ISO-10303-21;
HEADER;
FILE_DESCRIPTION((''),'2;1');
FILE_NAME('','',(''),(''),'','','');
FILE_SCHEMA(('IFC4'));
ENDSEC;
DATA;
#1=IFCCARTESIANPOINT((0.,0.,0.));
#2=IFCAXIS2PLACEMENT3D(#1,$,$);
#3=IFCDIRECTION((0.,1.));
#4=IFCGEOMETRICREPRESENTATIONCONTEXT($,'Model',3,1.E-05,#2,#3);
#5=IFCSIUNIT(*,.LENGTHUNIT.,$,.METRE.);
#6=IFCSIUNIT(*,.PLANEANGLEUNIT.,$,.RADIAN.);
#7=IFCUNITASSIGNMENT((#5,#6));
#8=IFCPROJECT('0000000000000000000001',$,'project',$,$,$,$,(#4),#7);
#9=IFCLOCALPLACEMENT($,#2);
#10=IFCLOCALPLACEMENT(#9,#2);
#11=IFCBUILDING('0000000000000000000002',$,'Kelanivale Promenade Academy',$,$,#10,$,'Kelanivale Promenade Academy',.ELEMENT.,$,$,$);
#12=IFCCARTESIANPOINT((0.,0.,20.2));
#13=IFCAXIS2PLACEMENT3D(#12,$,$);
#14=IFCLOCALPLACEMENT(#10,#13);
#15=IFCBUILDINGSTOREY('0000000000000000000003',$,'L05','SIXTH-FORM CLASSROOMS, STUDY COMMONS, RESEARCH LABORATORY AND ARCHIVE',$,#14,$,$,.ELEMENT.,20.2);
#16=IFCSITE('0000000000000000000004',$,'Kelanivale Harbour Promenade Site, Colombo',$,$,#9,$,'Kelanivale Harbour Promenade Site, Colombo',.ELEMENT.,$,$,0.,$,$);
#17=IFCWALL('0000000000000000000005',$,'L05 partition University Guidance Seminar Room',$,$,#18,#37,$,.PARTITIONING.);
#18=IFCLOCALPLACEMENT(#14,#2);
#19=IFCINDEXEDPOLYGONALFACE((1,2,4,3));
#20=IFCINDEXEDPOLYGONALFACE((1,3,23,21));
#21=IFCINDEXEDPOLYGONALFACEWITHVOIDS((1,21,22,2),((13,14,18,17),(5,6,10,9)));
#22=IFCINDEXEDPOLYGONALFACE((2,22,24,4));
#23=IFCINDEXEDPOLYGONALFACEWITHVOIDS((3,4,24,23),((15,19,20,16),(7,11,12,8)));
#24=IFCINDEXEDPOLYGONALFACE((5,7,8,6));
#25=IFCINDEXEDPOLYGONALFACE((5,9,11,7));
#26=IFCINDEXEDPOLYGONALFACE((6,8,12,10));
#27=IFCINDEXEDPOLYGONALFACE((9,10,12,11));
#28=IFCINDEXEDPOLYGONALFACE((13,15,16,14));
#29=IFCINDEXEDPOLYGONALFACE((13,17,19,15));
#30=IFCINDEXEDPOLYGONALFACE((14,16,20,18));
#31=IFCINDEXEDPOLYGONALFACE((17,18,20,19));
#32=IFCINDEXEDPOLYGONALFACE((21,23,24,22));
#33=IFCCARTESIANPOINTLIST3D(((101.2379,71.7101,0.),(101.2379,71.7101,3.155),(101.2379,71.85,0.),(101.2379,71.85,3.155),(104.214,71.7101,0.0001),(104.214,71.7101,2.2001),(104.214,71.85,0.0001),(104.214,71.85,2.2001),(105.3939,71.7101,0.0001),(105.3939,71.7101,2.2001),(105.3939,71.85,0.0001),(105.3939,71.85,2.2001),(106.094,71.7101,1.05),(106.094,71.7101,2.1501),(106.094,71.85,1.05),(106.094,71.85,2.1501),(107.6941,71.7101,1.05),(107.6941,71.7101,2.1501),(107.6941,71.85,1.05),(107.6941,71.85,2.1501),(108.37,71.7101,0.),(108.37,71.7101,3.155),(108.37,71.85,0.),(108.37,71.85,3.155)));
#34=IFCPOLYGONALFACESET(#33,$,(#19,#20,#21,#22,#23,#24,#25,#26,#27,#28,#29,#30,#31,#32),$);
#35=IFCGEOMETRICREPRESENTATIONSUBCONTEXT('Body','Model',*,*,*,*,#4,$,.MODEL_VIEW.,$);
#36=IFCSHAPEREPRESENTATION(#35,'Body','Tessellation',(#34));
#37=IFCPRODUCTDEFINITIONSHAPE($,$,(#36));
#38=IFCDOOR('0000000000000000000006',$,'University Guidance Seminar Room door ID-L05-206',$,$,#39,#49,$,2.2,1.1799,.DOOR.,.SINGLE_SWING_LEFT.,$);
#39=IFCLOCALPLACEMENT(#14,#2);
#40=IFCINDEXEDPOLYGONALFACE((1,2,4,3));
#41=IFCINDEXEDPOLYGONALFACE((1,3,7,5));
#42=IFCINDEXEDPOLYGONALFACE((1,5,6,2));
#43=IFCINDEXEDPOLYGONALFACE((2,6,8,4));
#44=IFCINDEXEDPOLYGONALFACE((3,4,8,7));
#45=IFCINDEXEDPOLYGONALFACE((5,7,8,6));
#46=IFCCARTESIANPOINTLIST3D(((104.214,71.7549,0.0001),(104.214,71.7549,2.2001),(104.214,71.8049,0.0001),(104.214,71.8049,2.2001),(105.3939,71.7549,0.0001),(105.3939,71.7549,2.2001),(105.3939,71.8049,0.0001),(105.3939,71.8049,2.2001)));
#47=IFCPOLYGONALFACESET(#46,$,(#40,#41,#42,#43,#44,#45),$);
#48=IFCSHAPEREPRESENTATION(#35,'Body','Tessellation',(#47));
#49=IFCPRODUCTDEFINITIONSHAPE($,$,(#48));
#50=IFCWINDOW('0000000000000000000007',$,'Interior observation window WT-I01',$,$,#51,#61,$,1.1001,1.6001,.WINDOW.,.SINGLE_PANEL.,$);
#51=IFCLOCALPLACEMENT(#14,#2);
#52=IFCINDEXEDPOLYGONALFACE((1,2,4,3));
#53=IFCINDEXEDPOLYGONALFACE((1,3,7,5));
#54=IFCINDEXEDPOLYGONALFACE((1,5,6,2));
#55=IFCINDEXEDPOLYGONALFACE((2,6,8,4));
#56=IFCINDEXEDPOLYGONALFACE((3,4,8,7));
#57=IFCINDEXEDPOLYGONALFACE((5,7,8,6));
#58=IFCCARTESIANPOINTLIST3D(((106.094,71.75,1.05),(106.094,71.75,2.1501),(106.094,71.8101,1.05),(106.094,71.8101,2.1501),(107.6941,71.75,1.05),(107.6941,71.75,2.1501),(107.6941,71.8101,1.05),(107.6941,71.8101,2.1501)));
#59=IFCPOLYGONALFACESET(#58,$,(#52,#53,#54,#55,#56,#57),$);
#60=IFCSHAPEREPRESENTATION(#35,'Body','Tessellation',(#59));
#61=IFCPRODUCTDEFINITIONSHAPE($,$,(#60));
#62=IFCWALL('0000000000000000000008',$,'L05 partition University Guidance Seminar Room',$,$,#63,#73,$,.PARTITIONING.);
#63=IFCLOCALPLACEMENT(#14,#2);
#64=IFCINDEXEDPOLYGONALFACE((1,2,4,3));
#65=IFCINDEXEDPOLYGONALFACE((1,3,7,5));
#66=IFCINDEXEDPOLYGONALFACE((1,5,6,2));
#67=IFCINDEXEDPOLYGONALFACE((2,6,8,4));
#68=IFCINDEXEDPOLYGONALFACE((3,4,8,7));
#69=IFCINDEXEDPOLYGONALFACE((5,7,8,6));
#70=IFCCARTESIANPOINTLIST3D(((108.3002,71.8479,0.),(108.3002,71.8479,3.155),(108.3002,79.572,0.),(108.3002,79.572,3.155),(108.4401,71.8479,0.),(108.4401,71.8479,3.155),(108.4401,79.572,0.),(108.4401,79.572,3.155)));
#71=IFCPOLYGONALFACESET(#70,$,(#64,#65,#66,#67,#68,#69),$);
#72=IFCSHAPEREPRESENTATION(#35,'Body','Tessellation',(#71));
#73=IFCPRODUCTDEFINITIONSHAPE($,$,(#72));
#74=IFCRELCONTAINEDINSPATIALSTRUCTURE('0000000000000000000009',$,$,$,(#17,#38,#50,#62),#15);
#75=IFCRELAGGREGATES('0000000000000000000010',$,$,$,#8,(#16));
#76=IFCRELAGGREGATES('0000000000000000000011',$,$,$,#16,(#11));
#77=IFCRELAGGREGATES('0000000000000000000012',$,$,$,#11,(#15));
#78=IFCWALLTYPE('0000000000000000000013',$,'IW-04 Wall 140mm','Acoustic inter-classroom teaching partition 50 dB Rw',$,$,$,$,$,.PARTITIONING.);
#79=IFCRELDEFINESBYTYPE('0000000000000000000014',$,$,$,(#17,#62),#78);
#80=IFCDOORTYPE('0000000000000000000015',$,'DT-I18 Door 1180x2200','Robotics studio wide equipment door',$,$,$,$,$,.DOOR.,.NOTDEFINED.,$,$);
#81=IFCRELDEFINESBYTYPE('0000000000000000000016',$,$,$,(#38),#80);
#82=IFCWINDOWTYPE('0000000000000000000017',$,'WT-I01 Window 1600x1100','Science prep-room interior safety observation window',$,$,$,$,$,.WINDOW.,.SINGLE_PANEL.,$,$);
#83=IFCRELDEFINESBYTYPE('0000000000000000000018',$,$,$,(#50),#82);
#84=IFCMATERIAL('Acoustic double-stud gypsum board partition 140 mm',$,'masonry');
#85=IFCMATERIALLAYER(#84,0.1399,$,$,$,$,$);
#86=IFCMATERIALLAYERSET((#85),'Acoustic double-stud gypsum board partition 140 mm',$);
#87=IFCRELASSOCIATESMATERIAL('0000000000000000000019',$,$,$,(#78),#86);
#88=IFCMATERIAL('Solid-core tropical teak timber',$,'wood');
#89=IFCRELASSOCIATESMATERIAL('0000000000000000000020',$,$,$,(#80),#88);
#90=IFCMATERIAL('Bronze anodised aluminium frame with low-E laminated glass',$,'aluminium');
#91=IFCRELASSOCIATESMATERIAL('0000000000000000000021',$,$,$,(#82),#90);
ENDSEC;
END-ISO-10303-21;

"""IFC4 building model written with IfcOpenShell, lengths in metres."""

from ifc_helpers import new_model, si_unit, direction, frame, frame_2d, origin, place, context, subcontext, project, spatial, rectangle, extrude, material, layer, layer_set, type_object, element, fill, save


model = new_model("IFC4")

# Units and contexts
model_context = context("Model", 3, precision=1e-05, world=origin(), true_north=direction((0.0, 1.0)))
body_context = subcontext(model_context, "Body", "Model", "MODEL_VIEW")
ifc_project = project(units=[si_unit("LENGTHUNIT", "METRE"), si_unit("PLANEANGLEUNIT", "RADIAN")], contexts=[model_context])

# Site, building, storey
site_placement = place(None, origin())
site = spatial("IfcSite", under=ifc_project, at=site_placement, Name="Kelanivale Harbour Promenade Site, Colombo", LongName="Kelanivale Harbour Promenade Site, Colombo", CompositionType="ELEMENT", RefElevation=0.0)
building_placement = place(site_placement, origin())
building = spatial("IfcBuilding", under=site, at=building_placement, Name="Kelanivale Promenade Academy", LongName="Kelanivale Promenade Academy", CompositionType="ELEMENT")
storey_placement = place(building_placement, frame((0.0, 0.0, 20.2)))
storey = spatial("IfcBuildingStorey", under=building, at=storey_placement, Name="L05", Description="SIXTH-FORM CLASSROOMS, STUDY COMMONS, RESEARCH LABORATORY AND ARCHIVE", CompositionType="ELEMENT", Elevation=20.2)

# Shared definitions
ifc_material_1 = material(Name="Bronze anodised aluminium frame with low-E laminated glass", Category="aluminium")

# Shared definitions
ifc_material_2 = material(Name="Acoustic double-stud gypsum board partition 140 mm", Category="masonry")
ifc_layer_1 = layer(ifc_material_2, 0.1399)
ifc_layer_set_1 = layer_set([ifc_layer_1], Name="Acoustic double-stud gypsum board partition 140 mm")
wall_type_1 = type_object("IfcWallType", Name="IW-04 Wall 140mm", Description="Acoustic inter-classroom teaching partition 50 dB Rw", PredefinedType="PARTITIONING", material=ifc_layer_set_1)

# Wall, openings, door, window
wall_1_placement = place(storey_placement, frame((101.238, 71.78, 0.0), z_axis=(0.0, 0.0, 1.0), x_axis=(1.0, 0.0, 0.0)))
wall_1 = element("IfcWall", 1, at=wall_1_placement, inside=storey, type_object=wall_type_1, Name="L05 partition University Guidance Seminar Room", PredefinedType="PARTITIONING", context=body_context, shape_type="SweptSolid", body=[
    extrude(rectangle(XDim=7.1321, YDim=0.1399, at=frame_2d((3.5659, 0.0))), origin(), (0.0, 0.0, 1.0), 3.155),
])
opening_1_placement = place(wall_1_placement, frame((2.9761, 0.0, 0.0)))
opening_1 = element("IfcOpeningElement", 2, at=opening_1_placement, cuts=wall_1, PredefinedType="OPENING", context=body_context, shape_type="SweptSolid", body=[
    extrude(rectangle(XDim=1.1799, YDim=2.2, at=frame_2d((0.5898, 1.1001))), frame((0.0, 0.0801, 0.0), z_axis=(0.0, -1.0, 0.0), x_axis=(1.0, 0.0, 0.0)), (0.0, 0.0, 1.0), 0.1599),
])
opening_2_placement = place(wall_1_placement, frame((4.856, 0.0, 1.05)))
opening_2 = element("IfcOpeningElement", 3, at=opening_2_placement, cuts=wall_1, PredefinedType="OPENING", context=body_context, shape_type="SweptSolid", body=[
    extrude(rectangle(XDim=1.6001, YDim=1.1001, at=frame_2d((0.8, 0.55))), frame((0.0, 0.0801, 0.0), z_axis=(0.0, -1.0, 0.0), x_axis=(1.0, 0.0, 0.0)), (0.0, 0.0, 1.0), 0.1599),
])
ifc_material_3 = material(Name="Solid-core tropical teak timber", Category="wood")
door_type = type_object("IfcDoorType", Name="DT-I18 Door 1180x2200", Description="Robotics studio wide equipment door", OperationType="NOTDEFINED", PredefinedType="DOOR", material=ifc_material_3)
door_placement = place(opening_1_placement, origin())
door = element("IfcDoor", 4, at=door_placement, inside=storey, type_object=door_type, Name="University Guidance Seminar Room door ID-L05-206", OperationType="SINGLE_SWING_LEFT", OverallHeight=2.2, OverallWidth=1.1799, PredefinedType="DOOR", context=body_context, shape_type="SweptSolid", body=[
    extrude(rectangle(XDim=1.1799, YDim=2.2, at=frame_2d((0.5898, 1.1001))), frame((0.0, 0.0249, 0.0), z_axis=(0.0, -1.0, 0.0), x_axis=(1.0, 0.0, 0.0)), (0.0, 0.0, 1.0), 0.05),
])
fill(opening_1, door)
window_type_1 = type_object("IfcWindowType", Name="WT-I01 Window 1600x1100", Description="Science prep-room interior safety observation window", PartitioningType="SINGLE_PANEL", PredefinedType="WINDOW", material=ifc_material_1)
window_1_placement = place(opening_2_placement, origin())
window_1 = element("IfcWindow", 5, at=window_1_placement, inside=storey, type_object=window_type_1, Name="Interior observation window WT-I01", OverallHeight=1.1001, OverallWidth=1.6001, PartitioningType="SINGLE_PANEL", PredefinedType="WINDOW", context=body_context, shape_type="SweptSolid", body=[
    extrude(rectangle(XDim=1.6001, YDim=1.1001, at=frame_2d((0.8, 0.55))), frame((0.0, 0.03, 0.0), z_axis=(0.0, -1.0, 0.0), x_axis=(1.0, 0.0, 0.0)), (0.0, 0.0, 1.0), 0.0601),
])
fill(opening_2, window_1)

# Wall
wall_2_placement = place(storey_placement, frame((108.3701, 71.8479, 0.0), z_axis=(0.0, 0.0, 1.0), x_axis=(0.0, 1.0, 0.0)))
element("IfcWall", 6, at=wall_2_placement, inside=storey, type_object=wall_type_1, Name="L05 partition University Guidance Seminar Room", PredefinedType="PARTITIONING", context=body_context, shape_type="SweptSolid", body=[
    extrude(rectangle(XDim=7.7241, YDim=0.1399, at=frame_2d((3.8621, 0.0))), origin(), (0.0, 0.0, 1.0), 3.155),
])

save(model, "model.ifc")
